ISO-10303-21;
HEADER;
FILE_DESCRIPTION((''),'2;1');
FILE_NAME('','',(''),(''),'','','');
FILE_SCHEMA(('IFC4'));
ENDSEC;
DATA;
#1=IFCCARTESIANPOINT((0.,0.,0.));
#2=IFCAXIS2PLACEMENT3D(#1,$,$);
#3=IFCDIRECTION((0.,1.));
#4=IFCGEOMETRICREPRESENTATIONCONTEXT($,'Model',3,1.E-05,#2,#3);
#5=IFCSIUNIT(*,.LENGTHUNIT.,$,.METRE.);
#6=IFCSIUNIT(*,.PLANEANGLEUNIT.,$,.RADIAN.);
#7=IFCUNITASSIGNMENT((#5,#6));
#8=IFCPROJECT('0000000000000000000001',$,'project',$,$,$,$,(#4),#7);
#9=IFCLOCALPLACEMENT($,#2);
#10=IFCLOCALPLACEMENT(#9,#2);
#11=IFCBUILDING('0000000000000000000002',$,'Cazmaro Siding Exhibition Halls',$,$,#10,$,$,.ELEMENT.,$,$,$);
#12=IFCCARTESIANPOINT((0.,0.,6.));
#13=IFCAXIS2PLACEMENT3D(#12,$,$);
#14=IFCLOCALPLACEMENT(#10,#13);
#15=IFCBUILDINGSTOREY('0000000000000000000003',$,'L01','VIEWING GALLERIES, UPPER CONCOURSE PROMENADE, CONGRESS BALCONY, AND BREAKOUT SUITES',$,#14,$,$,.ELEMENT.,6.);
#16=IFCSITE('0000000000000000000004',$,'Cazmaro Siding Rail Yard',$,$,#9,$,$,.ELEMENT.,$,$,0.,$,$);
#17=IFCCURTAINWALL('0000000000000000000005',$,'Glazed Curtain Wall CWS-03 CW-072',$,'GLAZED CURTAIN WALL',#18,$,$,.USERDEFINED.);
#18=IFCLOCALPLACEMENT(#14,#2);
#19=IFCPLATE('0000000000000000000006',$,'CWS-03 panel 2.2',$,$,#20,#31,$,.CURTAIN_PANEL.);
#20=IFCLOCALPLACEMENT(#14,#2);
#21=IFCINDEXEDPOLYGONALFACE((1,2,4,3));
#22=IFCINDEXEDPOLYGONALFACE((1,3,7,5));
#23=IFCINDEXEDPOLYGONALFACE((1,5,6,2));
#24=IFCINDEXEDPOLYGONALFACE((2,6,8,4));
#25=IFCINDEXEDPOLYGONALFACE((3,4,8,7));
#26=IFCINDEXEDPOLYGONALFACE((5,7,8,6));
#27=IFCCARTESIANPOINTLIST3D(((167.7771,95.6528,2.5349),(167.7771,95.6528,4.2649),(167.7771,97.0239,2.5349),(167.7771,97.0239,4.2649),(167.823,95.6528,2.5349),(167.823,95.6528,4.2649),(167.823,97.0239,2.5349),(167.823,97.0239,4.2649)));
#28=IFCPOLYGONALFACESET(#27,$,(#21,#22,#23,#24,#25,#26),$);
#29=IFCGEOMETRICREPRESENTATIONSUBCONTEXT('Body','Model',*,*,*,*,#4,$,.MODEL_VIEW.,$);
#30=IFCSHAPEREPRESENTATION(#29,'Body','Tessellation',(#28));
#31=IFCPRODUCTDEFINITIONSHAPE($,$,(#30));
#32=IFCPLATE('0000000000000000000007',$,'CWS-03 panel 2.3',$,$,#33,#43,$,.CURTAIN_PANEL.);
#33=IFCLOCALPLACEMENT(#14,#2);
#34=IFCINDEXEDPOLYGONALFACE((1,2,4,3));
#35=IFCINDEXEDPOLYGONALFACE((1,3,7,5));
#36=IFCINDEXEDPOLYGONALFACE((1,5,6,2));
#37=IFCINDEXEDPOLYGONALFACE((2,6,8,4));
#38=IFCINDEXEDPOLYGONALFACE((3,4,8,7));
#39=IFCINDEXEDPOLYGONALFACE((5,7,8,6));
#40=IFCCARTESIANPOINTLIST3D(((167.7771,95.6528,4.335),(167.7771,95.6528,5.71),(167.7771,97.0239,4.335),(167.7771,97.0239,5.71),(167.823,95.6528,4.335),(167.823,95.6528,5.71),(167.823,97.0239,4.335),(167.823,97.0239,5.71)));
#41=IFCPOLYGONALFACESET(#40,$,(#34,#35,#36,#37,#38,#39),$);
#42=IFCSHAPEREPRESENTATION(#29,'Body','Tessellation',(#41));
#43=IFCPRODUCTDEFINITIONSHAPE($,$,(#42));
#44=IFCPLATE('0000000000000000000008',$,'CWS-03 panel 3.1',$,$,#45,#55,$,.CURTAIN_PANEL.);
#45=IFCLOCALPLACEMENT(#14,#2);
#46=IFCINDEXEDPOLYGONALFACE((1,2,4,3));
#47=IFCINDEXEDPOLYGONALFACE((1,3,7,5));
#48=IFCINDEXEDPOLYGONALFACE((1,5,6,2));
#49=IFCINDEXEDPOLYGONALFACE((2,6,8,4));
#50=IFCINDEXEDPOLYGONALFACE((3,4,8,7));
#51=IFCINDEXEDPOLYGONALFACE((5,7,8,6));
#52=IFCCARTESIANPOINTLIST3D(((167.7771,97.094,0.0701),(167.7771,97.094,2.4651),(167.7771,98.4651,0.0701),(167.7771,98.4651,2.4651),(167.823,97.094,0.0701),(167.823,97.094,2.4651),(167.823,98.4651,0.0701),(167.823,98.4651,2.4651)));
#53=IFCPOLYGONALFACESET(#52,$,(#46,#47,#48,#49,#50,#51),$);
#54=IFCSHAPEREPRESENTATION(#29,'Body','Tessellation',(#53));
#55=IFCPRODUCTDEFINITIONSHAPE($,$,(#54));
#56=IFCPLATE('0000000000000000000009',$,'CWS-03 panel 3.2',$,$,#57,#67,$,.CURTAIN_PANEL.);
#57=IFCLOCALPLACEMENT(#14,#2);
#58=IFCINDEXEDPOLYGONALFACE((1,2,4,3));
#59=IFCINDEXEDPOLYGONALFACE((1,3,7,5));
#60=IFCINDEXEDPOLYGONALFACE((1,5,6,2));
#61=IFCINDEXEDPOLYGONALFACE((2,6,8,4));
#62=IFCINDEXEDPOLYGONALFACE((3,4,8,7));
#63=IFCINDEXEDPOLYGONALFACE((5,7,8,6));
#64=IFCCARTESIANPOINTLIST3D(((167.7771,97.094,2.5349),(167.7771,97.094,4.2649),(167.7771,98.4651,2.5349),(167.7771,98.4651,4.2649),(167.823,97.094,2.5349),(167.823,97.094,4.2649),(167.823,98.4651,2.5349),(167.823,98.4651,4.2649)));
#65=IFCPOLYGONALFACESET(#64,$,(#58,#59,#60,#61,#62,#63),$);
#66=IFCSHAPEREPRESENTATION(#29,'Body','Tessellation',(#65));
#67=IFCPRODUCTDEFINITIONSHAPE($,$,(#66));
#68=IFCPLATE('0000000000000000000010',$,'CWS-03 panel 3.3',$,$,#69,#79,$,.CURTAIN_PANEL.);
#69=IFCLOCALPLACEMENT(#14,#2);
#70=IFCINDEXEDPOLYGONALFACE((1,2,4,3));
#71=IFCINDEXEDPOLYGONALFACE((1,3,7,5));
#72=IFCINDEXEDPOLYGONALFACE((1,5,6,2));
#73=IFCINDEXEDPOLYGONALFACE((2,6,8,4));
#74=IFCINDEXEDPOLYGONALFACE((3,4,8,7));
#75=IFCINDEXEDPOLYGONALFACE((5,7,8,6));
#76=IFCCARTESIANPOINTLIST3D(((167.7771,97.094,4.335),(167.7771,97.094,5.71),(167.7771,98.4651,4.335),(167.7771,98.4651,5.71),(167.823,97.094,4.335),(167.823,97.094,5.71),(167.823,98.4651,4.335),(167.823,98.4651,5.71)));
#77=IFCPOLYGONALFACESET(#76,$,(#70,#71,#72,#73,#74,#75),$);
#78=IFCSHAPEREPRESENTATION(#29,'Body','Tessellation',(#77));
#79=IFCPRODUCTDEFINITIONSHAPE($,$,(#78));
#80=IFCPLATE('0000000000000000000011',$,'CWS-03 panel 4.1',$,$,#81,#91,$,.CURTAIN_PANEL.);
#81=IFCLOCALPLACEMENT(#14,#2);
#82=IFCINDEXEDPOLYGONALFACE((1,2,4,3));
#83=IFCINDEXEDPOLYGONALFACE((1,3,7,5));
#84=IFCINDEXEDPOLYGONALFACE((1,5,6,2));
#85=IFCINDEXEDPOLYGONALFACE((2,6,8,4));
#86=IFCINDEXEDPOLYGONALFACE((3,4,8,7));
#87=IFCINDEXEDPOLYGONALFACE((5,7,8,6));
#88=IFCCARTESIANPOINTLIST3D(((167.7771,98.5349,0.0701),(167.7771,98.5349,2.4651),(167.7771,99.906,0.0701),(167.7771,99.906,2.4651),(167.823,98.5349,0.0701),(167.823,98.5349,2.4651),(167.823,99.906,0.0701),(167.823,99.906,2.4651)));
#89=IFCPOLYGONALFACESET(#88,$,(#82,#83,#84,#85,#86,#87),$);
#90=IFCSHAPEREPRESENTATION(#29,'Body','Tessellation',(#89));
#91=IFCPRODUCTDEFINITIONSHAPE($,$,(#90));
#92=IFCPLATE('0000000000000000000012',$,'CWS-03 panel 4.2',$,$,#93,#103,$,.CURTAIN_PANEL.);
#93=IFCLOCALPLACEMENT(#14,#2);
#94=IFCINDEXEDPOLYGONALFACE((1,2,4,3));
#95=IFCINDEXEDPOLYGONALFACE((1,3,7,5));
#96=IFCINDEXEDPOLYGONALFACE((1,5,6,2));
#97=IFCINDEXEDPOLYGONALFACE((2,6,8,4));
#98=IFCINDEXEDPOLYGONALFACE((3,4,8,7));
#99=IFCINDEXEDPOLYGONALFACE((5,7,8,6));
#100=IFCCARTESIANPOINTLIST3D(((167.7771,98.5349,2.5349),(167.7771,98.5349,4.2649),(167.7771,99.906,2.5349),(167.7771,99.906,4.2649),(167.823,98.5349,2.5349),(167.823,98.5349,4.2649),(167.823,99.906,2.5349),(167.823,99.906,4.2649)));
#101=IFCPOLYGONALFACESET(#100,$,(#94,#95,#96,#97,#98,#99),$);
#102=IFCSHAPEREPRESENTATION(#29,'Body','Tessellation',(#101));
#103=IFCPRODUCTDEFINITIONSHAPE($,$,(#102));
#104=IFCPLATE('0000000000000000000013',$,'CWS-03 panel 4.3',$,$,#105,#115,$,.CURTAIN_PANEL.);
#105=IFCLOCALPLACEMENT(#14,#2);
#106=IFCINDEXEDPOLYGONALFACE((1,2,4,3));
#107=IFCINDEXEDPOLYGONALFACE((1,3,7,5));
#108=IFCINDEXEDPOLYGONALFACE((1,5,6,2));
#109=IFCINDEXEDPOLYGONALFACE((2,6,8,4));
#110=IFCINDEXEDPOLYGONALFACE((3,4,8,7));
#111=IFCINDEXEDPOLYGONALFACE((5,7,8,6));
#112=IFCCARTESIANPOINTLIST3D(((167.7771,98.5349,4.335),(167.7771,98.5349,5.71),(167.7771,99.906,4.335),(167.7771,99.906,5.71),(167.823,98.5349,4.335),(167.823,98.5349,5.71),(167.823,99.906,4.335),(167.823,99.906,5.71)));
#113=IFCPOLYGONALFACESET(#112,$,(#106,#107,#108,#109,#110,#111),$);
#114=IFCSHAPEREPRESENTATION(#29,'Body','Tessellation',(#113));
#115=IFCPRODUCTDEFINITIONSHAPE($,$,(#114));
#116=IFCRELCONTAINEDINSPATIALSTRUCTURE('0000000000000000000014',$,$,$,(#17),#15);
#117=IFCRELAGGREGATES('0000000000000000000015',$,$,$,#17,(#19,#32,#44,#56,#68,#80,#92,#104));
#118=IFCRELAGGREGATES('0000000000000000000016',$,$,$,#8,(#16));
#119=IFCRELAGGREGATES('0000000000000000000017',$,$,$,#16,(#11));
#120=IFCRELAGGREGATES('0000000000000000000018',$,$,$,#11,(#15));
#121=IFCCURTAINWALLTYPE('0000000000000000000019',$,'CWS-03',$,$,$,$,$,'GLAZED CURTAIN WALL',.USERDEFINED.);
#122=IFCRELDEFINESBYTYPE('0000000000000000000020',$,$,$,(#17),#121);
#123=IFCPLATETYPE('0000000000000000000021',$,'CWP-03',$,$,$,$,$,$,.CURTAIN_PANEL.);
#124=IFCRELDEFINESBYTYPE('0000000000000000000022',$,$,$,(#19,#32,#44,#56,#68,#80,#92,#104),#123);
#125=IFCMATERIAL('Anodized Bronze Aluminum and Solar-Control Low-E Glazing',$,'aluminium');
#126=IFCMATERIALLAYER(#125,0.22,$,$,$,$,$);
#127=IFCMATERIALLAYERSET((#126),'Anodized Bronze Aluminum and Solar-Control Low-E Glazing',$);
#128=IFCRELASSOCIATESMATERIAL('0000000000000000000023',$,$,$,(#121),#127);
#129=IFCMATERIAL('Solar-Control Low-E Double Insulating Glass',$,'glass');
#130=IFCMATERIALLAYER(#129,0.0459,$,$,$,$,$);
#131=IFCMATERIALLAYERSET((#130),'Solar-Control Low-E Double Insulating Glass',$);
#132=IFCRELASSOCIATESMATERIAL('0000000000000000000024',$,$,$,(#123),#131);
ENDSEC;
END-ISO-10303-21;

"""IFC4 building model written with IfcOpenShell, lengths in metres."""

from ifc_helpers import new_model, si_unit, direction, frame, origin, origin_2d, place, context, subcontext, project, spatial, rectangle, extrude, material, layer, layer_set, type_object, element, aggregate, save


model = new_model("IFC4")

# Units and contexts
model_context = context("Model", 3, precision=1e-05, world=origin(), true_north=direction((0.0, 1.0)))
body_context = subcontext(model_context, "Body", "Model", "MODEL_VIEW")
ifc_project = project(units=[si_unit("LENGTHUNIT", "METRE"), si_unit("PLANEANGLEUNIT", "RADIAN")], contexts=[model_context])

# Site, building, storey
site_placement = place(None, origin())
site = spatial("IfcSite", under=ifc_project, at=site_placement, Name="Cazmaro Siding Rail Yard", CompositionType="ELEMENT", RefElevation=0.0)
building_placement = place(site_placement, origin())
building = spatial("IfcBuilding", under=site, at=building_placement, Name="Cazmaro Siding Exhibition Halls", CompositionType="ELEMENT")
storey_placement = place(building_placement, frame((0.0, 0.0, 6.0)))
storey = spatial("IfcBuildingStorey", under=building, at=storey_placement, Name="L01", Description="VIEWING GALLERIES, UPPER CONCOURSE PROMENADE, CONGRESS BALCONY, AND BREAKOUT SUITES", CompositionType="ELEMENT", Elevation=6.0)

# Curtain wall
ifc_material_1 = material(Name="Anodized Bronze Aluminum and Solar-Control Low-E Glazing", Category="aluminium")
ifc_layer_1 = layer(ifc_material_1, 0.22)
ifc_layer_set_1 = layer_set([ifc_layer_1], Name="Anodized Bronze Aluminum and Solar-Control Low-E Glazing")
curtain_wall_type = type_object("IfcCurtainWallType", Name="CWS-03", ElementType="GLAZED CURTAIN WALL", PredefinedType="USERDEFINED", material=ifc_layer_set_1)
curtain_wall_placement = place(storey_placement, origin())
curtain_wall = element("IfcCurtainWall", 1, at=curtain_wall_placement, inside=storey, type_object=curtain_wall_type, Name="Glazed Curtain Wall CWS-03 CW-072", ObjectType="GLAZED CURTAIN WALL", PredefinedType="USERDEFINED")

# Plates
ifc_material_2 = material(Name="Solar-Control Low-E Double Insulating Glass", Category="glass")
ifc_layer_2 = layer(ifc_material_2, 0.0459)
ifc_layer_set_2 = layer_set([ifc_layer_2], Name="Solar-Control Low-E Double Insulating Glass")
plate_type = type_object("IfcPlateType", Name="CWP-03", PredefinedType="CURTAIN_PANEL", material=ifc_layer_set_2)
plate_1_placement = place(storey_placement, frame((167.8, 96.3384, 2.5349), z_axis=(0.0, 0.0, 1.0), x_axis=(0.0, 1.0, 0.0)))
plate_1 = element("IfcPlate", 2, at=plate_1_placement, type_object=plate_type, Name="CWS-03 panel 2.2", PredefinedType="CURTAIN_PANEL", context=body_context, shape_type="SweptSolid", body=[
    extrude(rectangle(XDim=1.3711, YDim=0.0459, at=origin_2d()), origin(), (0.0, 0.0, 1.0), 1.73),
])
plate_2_placement = place(storey_placement, frame((167.8, 96.3384, 4.335), z_axis=(0.0, 0.0, 1.0), x_axis=(0.0, 1.0, 0.0)))
plate_2 = element("IfcPlate", 3, at=plate_2_placement, type_object=plate_type, Name="CWS-03 panel 2.3", PredefinedType="CURTAIN_PANEL", context=body_context, shape_type="SweptSolid", body=[
    extrude(rectangle(XDim=1.3711, YDim=0.0459, at=origin_2d()), origin(), (0.0, 0.0, 1.0), 1.375),
])
plate_3_placement = place(storey_placement, frame((167.8, 97.7795, 0.0701), z_axis=(0.0, 0.0, 1.0), x_axis=(0.0, 1.0, 0.0)))
plate_3 = element("IfcPlate", 4, at=plate_3_placement, type_object=plate_type, Name="CWS-03 panel 3.1", PredefinedType="CURTAIN_PANEL", context=body_context, shape_type="SweptSolid", body=[
    extrude(rectangle(XDim=1.3711, YDim=0.0459, at=origin_2d()), origin(), (0.0, 0.0, 1.0), 2.395),
])
plate_4_placement = place(storey_placement, frame((167.8, 97.7795, 2.5349), z_axis=(0.0, 0.0, 1.0), x_axis=(0.0, 1.0, 0.0)))
plate_4 = element("IfcPlate", 5, at=plate_4_placement, type_object=plate_type, Name="CWS-03 panel 3.2", PredefinedType="CURTAIN_PANEL", context=body_context, shape_type="SweptSolid", body=[
    extrude(rectangle(XDim=1.3711, YDim=0.0459, at=origin_2d()), origin(), (0.0, 0.0, 1.0), 1.73),
])
plate_5_placement = place(storey_placement, frame((167.8, 97.7795, 4.335), z_axis=(0.0, 0.0, 1.0), x_axis=(0.0, 1.0, 0.0)))
plate_5 = element("IfcPlate", 6, at=plate_5_placement, type_object=plate_type, Name="CWS-03 panel 3.3", PredefinedType="CURTAIN_PANEL", context=body_context, shape_type="SweptSolid", body=[
    extrude(rectangle(XDim=1.3711, YDim=0.0459, at=origin_2d()), origin(), (0.0, 0.0, 1.0), 1.375),
])
plate_6_placement = place(storey_placement, frame((167.8, 99.2205, 0.0701), z_axis=(0.0, 0.0, 1.0), x_axis=(0.0, 1.0, 0.0)))
plate_6 = element("IfcPlate", 7, at=plate_6_placement, type_object=plate_type, Name="CWS-03 panel 4.1", PredefinedType="CURTAIN_PANEL", context=body_context, shape_type="SweptSolid", body=[
    extrude(rectangle(XDim=1.3711, YDim=0.0459, at=origin_2d()), origin(), (0.0, 0.0, 1.0), 2.395),
])
plate_7_placement = place(storey_placement, frame((167.8, 99.2205, 2.5349), z_axis=(0.0, 0.0, 1.0), x_axis=(0.0, 1.0, 0.0)))
plate_7 = element("IfcPlate", 8, at=plate_7_placement, type_object=plate_type, Name="CWS-03 panel 4.2", PredefinedType="CURTAIN_PANEL", context=body_context, shape_type="SweptSolid", body=[
    extrude(rectangle(XDim=1.3711, YDim=0.0459, at=origin_2d()), origin(), (0.0, 0.0, 1.0), 1.73),
])
plate_8_placement = place(storey_placement, frame((167.8, 99.2205, 4.335), z_axis=(0.0, 0.0, 1.0), x_axis=(0.0, 1.0, 0.0)))
plate_8 = element("IfcPlate", 9, at=plate_8_placement, type_object=plate_type, Name="CWS-03 panel 4.3", PredefinedType="CURTAIN_PANEL", context=body_context, shape_type="SweptSolid", body=[
    extrude(rectangle(XDim=1.3711, YDim=0.0459, at=origin_2d()), origin(), (0.0, 0.0, 1.0), 1.375),
])
aggregate(curtain_wall, [plate_1, plate_2, plate_3, plate_4, plate_5, plate_6, plate_7, plate_8])

save(model, "model.ifc")
